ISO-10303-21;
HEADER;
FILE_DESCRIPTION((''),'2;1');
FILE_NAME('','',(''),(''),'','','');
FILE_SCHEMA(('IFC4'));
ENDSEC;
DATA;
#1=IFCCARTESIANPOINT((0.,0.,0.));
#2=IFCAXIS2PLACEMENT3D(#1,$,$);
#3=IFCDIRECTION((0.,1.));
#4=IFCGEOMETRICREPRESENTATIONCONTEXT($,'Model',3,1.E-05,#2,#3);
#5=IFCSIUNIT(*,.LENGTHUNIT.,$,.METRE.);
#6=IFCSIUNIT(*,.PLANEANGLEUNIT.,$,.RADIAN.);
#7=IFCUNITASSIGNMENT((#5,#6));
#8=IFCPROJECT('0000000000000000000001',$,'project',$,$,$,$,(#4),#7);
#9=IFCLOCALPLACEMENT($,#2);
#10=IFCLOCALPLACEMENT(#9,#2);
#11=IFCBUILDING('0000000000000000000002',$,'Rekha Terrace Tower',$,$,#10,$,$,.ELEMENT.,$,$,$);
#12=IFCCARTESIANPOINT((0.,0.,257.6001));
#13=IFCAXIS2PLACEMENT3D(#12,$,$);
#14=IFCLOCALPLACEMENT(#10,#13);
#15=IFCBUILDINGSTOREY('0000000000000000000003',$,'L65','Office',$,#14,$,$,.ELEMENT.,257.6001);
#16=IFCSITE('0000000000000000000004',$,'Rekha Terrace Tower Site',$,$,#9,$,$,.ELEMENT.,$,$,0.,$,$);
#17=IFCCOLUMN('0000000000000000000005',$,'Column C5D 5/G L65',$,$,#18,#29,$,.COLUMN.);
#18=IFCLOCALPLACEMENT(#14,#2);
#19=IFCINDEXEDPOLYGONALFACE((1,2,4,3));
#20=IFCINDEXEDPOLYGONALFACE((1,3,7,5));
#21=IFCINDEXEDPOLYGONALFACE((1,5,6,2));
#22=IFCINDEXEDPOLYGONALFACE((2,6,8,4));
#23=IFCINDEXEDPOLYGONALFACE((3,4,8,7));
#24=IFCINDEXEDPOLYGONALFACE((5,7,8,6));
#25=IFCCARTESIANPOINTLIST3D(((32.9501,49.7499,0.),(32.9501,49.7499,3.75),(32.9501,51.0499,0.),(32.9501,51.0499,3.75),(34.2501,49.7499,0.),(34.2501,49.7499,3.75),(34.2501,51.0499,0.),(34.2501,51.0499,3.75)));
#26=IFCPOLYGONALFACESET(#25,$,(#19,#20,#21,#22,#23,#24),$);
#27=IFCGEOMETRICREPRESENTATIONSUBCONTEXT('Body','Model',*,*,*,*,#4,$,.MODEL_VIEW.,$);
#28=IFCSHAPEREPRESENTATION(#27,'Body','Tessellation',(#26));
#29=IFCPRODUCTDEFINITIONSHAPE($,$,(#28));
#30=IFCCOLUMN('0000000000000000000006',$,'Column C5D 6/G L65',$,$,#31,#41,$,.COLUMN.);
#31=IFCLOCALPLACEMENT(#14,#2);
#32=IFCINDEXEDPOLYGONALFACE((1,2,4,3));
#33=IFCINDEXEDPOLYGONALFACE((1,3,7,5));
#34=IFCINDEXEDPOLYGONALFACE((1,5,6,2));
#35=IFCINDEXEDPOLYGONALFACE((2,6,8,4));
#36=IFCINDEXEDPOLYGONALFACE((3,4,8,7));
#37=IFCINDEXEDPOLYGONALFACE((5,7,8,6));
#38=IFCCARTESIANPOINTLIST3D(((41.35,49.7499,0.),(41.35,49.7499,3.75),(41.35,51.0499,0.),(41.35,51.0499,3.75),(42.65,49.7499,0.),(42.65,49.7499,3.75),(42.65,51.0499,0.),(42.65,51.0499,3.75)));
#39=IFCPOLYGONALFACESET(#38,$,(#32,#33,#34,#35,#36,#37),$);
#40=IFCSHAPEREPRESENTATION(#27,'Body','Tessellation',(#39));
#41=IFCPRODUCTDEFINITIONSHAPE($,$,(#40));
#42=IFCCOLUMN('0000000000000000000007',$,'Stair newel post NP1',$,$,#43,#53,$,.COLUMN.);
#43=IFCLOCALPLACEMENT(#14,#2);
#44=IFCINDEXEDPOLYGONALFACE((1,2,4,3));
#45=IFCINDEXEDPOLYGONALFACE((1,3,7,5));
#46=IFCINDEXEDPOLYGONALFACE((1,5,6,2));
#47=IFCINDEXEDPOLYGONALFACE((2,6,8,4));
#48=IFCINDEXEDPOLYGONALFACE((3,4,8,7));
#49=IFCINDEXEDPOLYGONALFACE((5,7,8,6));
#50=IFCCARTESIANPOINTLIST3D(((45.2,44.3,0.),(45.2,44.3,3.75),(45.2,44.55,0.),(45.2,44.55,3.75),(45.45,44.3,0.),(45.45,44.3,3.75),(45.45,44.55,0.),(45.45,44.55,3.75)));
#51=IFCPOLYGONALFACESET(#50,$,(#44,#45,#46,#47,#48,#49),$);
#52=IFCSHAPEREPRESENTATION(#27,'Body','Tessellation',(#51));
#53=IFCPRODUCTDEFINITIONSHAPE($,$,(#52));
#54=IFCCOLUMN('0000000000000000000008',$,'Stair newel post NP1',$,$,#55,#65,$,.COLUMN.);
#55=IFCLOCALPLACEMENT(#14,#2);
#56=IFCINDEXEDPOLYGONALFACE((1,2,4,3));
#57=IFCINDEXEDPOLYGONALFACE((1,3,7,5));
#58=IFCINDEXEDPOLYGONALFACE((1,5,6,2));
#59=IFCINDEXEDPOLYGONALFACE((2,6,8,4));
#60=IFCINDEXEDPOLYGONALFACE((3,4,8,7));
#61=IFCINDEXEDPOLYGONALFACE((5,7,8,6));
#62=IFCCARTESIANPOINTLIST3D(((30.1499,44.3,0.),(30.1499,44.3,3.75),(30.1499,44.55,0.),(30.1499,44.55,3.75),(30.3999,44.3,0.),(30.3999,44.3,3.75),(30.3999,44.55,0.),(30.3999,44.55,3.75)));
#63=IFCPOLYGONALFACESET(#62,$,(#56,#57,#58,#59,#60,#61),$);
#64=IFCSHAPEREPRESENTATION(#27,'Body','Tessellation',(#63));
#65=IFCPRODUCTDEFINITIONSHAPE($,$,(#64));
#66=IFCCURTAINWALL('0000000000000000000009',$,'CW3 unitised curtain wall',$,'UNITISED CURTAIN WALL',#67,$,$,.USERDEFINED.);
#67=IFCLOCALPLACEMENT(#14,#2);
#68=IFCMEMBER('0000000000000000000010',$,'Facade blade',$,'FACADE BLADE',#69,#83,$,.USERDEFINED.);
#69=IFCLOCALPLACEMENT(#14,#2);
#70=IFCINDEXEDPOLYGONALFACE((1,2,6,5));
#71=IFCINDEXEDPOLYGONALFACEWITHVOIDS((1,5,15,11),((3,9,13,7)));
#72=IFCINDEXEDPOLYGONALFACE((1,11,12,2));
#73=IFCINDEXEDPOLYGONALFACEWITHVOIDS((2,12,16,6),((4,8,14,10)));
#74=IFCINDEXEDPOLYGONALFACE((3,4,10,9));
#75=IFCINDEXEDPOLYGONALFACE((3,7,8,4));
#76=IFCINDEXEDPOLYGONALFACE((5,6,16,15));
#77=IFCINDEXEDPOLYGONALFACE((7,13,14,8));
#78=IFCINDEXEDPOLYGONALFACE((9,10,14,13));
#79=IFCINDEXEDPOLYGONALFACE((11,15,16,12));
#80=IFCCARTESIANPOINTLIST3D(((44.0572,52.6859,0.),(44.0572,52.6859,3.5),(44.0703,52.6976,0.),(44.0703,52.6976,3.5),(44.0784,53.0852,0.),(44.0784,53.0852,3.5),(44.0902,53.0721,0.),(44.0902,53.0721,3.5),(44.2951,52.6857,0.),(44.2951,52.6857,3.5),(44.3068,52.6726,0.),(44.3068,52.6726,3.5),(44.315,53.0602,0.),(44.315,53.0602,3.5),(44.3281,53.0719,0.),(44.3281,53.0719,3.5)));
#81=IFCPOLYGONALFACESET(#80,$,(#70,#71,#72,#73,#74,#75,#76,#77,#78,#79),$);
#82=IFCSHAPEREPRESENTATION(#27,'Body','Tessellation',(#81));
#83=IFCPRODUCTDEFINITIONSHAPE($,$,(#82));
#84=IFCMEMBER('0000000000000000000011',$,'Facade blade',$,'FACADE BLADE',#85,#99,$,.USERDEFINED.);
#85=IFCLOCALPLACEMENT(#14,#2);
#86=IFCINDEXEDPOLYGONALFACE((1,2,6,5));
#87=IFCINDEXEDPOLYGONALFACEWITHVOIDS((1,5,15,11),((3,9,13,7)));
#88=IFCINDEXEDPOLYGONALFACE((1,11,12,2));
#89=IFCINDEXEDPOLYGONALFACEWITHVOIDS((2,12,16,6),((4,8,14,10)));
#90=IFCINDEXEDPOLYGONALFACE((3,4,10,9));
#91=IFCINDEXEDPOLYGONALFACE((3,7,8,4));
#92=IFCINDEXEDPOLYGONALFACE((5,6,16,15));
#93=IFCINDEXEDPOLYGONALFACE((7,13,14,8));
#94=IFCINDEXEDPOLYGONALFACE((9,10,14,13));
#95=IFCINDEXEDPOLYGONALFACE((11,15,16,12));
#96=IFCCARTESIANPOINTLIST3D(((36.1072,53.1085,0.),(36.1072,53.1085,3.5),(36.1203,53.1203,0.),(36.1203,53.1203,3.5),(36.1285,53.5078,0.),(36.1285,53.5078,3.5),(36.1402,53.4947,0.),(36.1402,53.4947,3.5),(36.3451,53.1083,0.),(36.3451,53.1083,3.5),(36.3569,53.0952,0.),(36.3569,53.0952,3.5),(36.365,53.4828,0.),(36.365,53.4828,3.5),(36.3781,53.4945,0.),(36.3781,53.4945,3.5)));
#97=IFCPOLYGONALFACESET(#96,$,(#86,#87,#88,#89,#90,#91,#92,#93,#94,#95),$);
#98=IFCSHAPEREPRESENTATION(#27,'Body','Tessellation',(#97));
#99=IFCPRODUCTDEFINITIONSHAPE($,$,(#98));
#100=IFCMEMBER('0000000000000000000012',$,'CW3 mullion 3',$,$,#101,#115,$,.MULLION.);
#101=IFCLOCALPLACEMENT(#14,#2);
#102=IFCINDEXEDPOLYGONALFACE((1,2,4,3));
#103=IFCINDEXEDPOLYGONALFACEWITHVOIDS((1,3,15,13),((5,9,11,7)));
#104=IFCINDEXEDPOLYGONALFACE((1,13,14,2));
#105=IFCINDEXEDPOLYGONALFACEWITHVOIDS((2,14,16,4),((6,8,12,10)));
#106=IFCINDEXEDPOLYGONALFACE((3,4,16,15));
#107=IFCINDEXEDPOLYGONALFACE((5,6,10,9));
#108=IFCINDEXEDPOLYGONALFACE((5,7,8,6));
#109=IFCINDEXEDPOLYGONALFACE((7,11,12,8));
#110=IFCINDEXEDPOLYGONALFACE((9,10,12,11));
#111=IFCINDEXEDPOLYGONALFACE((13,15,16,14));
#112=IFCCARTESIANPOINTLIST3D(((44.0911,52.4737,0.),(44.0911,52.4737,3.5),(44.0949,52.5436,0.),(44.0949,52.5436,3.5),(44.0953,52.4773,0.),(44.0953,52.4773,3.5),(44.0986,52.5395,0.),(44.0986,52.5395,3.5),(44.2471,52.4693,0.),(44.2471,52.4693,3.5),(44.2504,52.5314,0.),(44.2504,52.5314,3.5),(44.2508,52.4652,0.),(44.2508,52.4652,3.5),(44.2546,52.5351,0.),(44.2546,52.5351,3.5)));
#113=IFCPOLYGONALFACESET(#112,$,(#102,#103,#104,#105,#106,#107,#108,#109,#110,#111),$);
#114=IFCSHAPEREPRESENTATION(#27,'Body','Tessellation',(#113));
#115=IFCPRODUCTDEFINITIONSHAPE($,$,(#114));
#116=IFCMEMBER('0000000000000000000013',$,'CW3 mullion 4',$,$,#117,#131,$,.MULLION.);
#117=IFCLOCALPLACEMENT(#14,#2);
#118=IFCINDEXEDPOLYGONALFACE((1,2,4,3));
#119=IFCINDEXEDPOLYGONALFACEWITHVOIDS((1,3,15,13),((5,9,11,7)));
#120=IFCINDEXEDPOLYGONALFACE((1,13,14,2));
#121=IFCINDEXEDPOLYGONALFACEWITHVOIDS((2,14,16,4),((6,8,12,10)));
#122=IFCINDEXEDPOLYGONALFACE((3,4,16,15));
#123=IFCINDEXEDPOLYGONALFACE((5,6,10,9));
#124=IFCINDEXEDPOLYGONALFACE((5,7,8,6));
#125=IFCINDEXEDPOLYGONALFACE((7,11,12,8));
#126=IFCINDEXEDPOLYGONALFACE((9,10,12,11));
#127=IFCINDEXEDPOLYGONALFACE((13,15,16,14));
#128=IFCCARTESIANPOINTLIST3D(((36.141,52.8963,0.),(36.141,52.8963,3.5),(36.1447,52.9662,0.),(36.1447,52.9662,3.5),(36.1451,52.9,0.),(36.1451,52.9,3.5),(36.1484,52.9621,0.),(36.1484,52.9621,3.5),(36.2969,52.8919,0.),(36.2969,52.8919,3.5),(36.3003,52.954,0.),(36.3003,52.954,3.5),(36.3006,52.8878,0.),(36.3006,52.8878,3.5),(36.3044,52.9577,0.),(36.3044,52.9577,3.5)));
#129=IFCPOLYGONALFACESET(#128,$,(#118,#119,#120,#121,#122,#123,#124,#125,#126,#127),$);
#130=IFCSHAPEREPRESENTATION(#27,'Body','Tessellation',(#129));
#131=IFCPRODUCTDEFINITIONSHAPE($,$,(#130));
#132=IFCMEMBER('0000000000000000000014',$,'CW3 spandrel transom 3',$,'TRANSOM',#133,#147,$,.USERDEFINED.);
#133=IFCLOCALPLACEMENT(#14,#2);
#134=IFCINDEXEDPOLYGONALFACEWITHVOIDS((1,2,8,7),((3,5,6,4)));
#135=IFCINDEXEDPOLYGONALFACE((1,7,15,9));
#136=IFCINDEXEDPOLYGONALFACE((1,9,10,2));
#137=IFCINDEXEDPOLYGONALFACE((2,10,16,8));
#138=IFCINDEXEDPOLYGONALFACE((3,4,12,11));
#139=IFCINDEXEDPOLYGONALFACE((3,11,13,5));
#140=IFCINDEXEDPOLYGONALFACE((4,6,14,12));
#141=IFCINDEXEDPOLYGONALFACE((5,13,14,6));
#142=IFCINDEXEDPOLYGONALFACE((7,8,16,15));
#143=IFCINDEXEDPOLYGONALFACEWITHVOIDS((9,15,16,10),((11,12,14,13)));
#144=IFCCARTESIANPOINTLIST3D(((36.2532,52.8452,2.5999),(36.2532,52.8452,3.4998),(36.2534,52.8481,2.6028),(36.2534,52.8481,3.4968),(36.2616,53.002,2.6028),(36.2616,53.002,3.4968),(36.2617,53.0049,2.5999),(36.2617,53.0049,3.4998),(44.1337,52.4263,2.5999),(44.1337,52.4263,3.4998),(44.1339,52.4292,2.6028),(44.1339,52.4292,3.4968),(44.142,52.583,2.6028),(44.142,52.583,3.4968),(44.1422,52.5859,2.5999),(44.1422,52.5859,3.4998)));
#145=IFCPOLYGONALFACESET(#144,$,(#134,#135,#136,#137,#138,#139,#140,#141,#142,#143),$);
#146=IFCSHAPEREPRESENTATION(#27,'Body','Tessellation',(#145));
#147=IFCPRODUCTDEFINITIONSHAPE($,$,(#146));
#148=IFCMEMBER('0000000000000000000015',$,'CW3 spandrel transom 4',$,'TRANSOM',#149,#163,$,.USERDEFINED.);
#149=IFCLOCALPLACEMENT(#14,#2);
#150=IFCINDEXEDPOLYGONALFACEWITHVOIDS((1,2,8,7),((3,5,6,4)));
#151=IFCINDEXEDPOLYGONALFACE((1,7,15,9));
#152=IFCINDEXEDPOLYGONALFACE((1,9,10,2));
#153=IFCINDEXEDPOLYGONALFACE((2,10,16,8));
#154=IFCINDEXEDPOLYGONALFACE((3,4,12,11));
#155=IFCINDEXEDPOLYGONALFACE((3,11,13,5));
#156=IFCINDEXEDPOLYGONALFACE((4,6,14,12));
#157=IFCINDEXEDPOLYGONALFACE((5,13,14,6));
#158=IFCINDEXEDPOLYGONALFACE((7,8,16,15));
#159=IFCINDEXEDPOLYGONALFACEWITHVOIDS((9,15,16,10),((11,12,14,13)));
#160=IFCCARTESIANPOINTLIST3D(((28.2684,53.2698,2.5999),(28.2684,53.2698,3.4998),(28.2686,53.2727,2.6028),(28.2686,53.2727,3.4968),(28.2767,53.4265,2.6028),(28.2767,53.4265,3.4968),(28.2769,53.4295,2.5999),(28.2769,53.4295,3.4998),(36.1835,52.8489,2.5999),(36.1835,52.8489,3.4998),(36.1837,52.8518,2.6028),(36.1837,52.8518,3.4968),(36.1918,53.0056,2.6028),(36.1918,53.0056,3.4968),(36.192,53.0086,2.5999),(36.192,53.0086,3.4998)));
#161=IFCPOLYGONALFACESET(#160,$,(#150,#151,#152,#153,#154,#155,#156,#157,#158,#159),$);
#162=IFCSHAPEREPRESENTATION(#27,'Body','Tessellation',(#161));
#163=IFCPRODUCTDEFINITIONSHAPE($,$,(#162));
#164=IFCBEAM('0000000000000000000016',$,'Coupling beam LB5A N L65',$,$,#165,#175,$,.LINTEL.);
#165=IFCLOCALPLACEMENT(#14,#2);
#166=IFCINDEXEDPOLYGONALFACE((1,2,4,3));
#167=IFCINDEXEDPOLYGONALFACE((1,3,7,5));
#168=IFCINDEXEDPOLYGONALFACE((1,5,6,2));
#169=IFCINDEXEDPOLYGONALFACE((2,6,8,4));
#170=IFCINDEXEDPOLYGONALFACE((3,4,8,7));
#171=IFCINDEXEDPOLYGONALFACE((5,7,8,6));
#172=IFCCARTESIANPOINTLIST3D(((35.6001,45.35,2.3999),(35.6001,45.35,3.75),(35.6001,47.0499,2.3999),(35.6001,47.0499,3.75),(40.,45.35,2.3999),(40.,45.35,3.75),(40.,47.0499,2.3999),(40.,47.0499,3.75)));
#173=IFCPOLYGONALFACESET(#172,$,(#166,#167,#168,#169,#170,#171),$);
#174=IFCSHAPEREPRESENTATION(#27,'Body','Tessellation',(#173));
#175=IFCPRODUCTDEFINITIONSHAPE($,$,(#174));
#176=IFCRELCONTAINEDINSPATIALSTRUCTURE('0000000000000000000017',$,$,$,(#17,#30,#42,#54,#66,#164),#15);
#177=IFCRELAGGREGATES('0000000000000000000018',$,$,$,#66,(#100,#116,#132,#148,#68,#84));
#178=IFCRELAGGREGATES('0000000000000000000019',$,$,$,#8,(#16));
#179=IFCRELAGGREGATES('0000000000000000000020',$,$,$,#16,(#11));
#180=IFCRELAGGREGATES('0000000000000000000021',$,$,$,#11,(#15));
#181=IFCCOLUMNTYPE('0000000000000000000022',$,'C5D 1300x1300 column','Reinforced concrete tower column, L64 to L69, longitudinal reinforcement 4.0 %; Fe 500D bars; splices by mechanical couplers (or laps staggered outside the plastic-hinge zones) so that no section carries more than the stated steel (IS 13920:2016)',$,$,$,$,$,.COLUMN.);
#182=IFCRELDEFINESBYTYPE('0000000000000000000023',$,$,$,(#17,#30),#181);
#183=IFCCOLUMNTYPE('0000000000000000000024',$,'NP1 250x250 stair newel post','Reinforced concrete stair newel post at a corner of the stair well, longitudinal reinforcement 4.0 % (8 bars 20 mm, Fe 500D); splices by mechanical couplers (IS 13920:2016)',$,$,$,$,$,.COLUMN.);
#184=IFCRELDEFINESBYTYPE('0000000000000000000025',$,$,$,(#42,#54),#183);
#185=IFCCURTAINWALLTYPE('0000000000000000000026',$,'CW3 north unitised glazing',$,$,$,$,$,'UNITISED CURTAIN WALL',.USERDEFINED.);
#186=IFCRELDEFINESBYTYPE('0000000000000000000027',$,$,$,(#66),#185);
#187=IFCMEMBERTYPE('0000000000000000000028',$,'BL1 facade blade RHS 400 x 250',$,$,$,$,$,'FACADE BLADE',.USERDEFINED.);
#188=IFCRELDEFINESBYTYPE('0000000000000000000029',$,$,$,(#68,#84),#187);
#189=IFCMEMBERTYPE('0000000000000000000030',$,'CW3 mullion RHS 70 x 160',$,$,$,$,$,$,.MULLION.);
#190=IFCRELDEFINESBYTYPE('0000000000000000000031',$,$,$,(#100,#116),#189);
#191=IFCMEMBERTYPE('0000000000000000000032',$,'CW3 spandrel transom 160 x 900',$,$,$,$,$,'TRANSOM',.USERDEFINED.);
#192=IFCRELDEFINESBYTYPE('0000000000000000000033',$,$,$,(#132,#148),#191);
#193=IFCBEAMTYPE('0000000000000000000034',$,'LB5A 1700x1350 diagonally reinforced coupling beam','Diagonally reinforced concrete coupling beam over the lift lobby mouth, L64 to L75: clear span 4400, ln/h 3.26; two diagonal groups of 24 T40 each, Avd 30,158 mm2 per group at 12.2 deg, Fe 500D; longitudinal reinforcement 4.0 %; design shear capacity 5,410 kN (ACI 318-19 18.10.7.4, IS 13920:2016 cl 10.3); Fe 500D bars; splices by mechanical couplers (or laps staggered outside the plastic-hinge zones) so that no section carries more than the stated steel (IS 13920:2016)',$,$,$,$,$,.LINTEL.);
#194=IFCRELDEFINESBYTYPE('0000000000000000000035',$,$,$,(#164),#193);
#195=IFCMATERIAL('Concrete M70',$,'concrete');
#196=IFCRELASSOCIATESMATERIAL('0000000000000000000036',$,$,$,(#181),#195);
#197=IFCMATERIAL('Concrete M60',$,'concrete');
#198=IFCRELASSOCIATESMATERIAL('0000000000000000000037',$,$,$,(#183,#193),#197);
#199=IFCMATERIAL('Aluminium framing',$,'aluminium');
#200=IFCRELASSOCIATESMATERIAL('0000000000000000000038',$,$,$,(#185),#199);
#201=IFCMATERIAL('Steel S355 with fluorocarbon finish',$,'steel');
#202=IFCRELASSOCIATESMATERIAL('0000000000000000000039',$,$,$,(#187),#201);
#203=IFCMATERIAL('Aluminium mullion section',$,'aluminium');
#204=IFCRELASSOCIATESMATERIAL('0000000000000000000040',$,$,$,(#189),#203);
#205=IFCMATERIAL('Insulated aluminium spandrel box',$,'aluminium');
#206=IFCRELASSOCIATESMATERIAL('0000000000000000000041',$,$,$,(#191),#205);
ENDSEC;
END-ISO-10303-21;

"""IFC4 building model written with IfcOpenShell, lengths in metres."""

from ifc_helpers import new_model, si_unit, direction, frame, origin, origin_2d, place, context, subcontext, project, spatial, rectangle, hollow_rectangle, extrude, material, material_profile, profile_set, type_object, element, aggregate, save


model = new_model("IFC4")

# Units and contexts
model_context = context("Model", 3, precision=1e-05, world=origin(), true_north=direction((0.0, 1.0)))
body_context = subcontext(model_context, "Body", "Model", "MODEL_VIEW")
ifc_project = project(units=[si_unit("LENGTHUNIT", "METRE"), si_unit("PLANEANGLEUNIT", "RADIAN")], contexts=[model_context])

# Site, building, storey
site_placement = place(None, origin())
site = spatial("IfcSite", under=ifc_project, at=site_placement, Name="Rekha Terrace Tower Site", CompositionType="ELEMENT", RefElevation=0.0)
building_placement = place(site_placement, origin())
building = spatial("IfcBuilding", under=site, at=building_placement, Name="Rekha Terrace Tower", CompositionType="ELEMENT")
storey_placement = place(building_placement, frame((0.0, 0.0, 257.6001)))
storey = spatial("IfcBuildingStorey", under=building, at=storey_placement, Name="L65", Description="Office", CompositionType="ELEMENT", Elevation=257.6001)

# Columns
ifc_material_1 = material(Name="Concrete M70", Category="concrete")
ifc_material_profile_1 = material_profile(ifc_material_1, rectangle(XDim=1.3, YDim=1.3, at=origin_2d()), Name="RC 1300x1300")
ifc_profile_set_1 = profile_set([ifc_material_profile_1], Name="Concrete M70")
column_type_1 = type_object("IfcColumnType", Name="C5D 1300x1300 column", Description="Reinforced concrete tower column, L64 to L69, longitudinal reinforcement 4.0 %; Fe 500D bars; splices by mechanical couplers (or laps staggered outside the plastic-hinge zones) so that no section carries more than the stated steel (IS 13920:2016)", PredefinedType="COLUMN", material=ifc_profile_set_1)
for number, where, z_axis, x_axis, name in (
    (1, (33.6001, 50.3999, 0.0), (0.0, 0.0, 1.0), (1.0, 0.0, 0.0), "Column C5D 5/G L65"),
    (2, (42.0, 50.3999, 0.0), (0.0, 0.0, 1.0), (1.0, 0.0, 0.0), "Column C5D 6/G L65"),
):
    element("IfcColumn", number, at=place(storey_placement, frame(where, z_axis=z_axis, x_axis=x_axis)), inside=storey, type_object=column_type_1, Name=name, PredefinedType="COLUMN", context=body_context, shape_type="SweptSolid", body=[
        extrude(rectangle(XDim=1.3, YDim=1.3, at=origin_2d()), origin(), (0.0, 0.0, 1.0), 3.75),
    ])
ifc_material_2 = material(Name="Concrete M60", Category="concrete")
ifc_material_profile_2 = material_profile(ifc_material_2, rectangle(XDim=0.25, YDim=0.25, at=origin_2d()), Name="RC 250x250")
ifc_profile_set_2 = profile_set([ifc_material_profile_2], Name="Concrete M60")
column_type_2 = type_object("IfcColumnType", Name="NP1 250x250 stair newel post", Description="Reinforced concrete stair newel post at a corner of the stair well, longitudinal reinforcement 4.0 % (8 bars 20 mm, Fe 500D); splices by mechanical couplers (IS 13920:2016)", PredefinedType="COLUMN", material=ifc_profile_set_2)
for number, where, z_axis, x_axis, name in (
    (3, (45.325, 44.425, 0.0), (0.0, 0.0, 1.0), (1.0, 0.0, 0.0), "Stair newel post NP1"),
    (4, (30.2749, 44.425, 0.0), (0.0, 0.0, 1.0), (1.0, 0.0, 0.0), "Stair newel post NP1"),
):
    element("IfcColumn", number, at=place(storey_placement, frame(where, z_axis=z_axis, x_axis=x_axis)), inside=storey, type_object=column_type_2, Name=name, PredefinedType="COLUMN", context=body_context, shape_type="SweptSolid", body=[
        extrude(rectangle(XDim=0.25, YDim=0.25, at=origin_2d()), origin(), (0.0, 0.0, 1.0), 3.75),
    ])

# Curtain wall, members
ifc_material_3 = material(Name="Aluminium framing", Category="aluminium")
curtain_wall_type = type_object("IfcCurtainWallType", Name="CW3 north unitised glazing", ElementType="UNITISED CURTAIN WALL", PredefinedType="USERDEFINED", material=ifc_material_3)
curtain_wall_placement = place(storey_placement, origin())
curtain_wall = element("IfcCurtainWall", 5, at=curtain_wall_placement, inside=storey, type_object=curtain_wall_type, Name="CW3 unitised curtain wall", ObjectType="UNITISED CURTAIN WALL", PredefinedType="USERDEFINED")
ifc_material_4 = material(Name="Steel S355 with fluorocarbon finish", Category="steel")
ifc_material_profile_3 = material_profile(ifc_material_4, hollow_rectangle(XDim=0.25, YDim=0.3999, WallThickness=0.0125, at=origin_2d()), Name="RHS400x250x12.5")
ifc_profile_set_3 = profile_set([ifc_material_profile_3], Name="Steel S355 with fluorocarbon finish")
member_type_1 = type_object("IfcMemberType", Name="BL1 facade blade RHS 400 x 250", ElementType="FACADE BLADE", PredefinedType="USERDEFINED", material=ifc_profile_set_3)
member_1_placement = place(storey_placement, frame((44.1926, 52.8789, 0.0), z_axis=(0.0, 0.0, 1.0), x_axis=(-0.99859, 0.053084, 0.0)))
member_1 = element("IfcMember", 6, at=member_1_placement, type_object=member_type_1, Name="Facade blade", ObjectType="FACADE BLADE", PredefinedType="USERDEFINED", context=body_context, shape_type="SweptSolid", body=[
    extrude(hollow_rectangle(XDim=0.25, YDim=0.3999, WallThickness=0.0125, at=origin_2d()), origin(), (0.0, 0.0, 1.0), 3.5),
])
member_2_placement = place(storey_placement, frame((36.2427, 53.3015, 0.0), z_axis=(0.0, 0.0, 1.0), x_axis=(-0.99859, 0.053084, 0.0)))
member_2 = element("IfcMember", 7, at=member_2_placement, type_object=member_type_1, Name="Facade blade", ObjectType="FACADE BLADE", PredefinedType="USERDEFINED", context=body_context, shape_type="SweptSolid", body=[
    extrude(hollow_rectangle(XDim=0.25, YDim=0.3999, WallThickness=0.0125, at=origin_2d()), origin(), (0.0, 0.0, 1.0), 3.5),
])
ifc_material_5 = material(Name="Aluminium mullion section", Category="aluminium")
ifc_material_profile_4 = material_profile(ifc_material_5, hollow_rectangle(XDim=0.0701, YDim=0.1599, WallThickness=0.0039, at=origin_2d()), Name="AL RHS 70x160")
ifc_profile_set_4 = profile_set([ifc_material_profile_4], Name="Aluminium mullion section")
member_type_2 = type_object("IfcMemberType", Name="CW3 mullion RHS 70 x 160", PredefinedType="MULLION", material=ifc_profile_set_4)
member_3_placement = place(storey_placement, frame((44.1729, 52.5044, 0.0), z_axis=(0.0, 0.0, 1.0), x_axis=(-0.053083, -0.99859, 0.0)))
member_3 = element("IfcMember", 8, at=member_3_placement, type_object=member_type_2, Name="CW3 mullion 3", PredefinedType="MULLION", context=body_context, shape_type="SweptSolid", body=[
    extrude(hollow_rectangle(XDim=0.0701, YDim=0.1599, WallThickness=0.0039, at=origin_2d()), origin(), (0.0, 0.0, 1.0), 3.5),
])
member_4_placement = place(storey_placement, frame((36.2227, 52.927, 0.0), z_axis=(0.0, 0.0, 1.0), x_axis=(-0.053083, -0.99859, 0.0)))
member_4 = element("IfcMember", 9, at=member_4_placement, type_object=member_type_2, Name="CW3 mullion 4", PredefinedType="MULLION", context=body_context, shape_type="SweptSolid", body=[
    extrude(hollow_rectangle(XDim=0.0701, YDim=0.1599, WallThickness=0.0039, at=origin_2d()), origin(), (0.0, 0.0, 1.0), 3.5),
])
ifc_material_6 = material(Name="Insulated aluminium spandrel box", Category="aluminium")
ifc_material_profile_5 = material_profile(ifc_material_6, hollow_rectangle(XDim=0.1599, YDim=0.8999, WallThickness=0.0029, at=origin_2d()), Name="AL SPANDREL BOX 160x900")
ifc_profile_set_5 = profile_set([ifc_material_profile_5], Name="Insulated aluminium spandrel box")
member_type_3 = type_object("IfcMemberType", Name="CW3 spandrel transom 160 x 900", ElementType="TRANSOM", PredefinedType="USERDEFINED", material=ifc_profile_set_5)
member_5_placement = place(storey_placement, frame((44.1379, 52.5061, 3.0498), z_axis=(-0.99859, 0.053088, 0.0), x_axis=(-0.053088, -0.99859, 0.0)))
member_5 = element("IfcMember", 10, at=member_5_placement, type_object=member_type_3, Name="CW3 spandrel transom 3", ObjectType="TRANSOM", PredefinedType="USERDEFINED", context=body_context, shape_type="SweptSolid", body=[
    extrude(hollow_rectangle(XDim=0.1599, YDim=0.8999, WallThickness=0.0029, at=origin_2d()), origin(), (0.0, 0.0, 1.0), 7.8916),
])
member_6_placement = place(storey_placement, frame((36.1877, 52.9287, 3.0498), z_axis=(-0.998589, 0.053102, 0.0), x_axis=(-0.053102, -0.998589, 0.0)))
member_6 = element("IfcMember", 11, at=member_6_placement, type_object=member_type_3, Name="CW3 spandrel transom 4", ObjectType="TRANSOM", PredefinedType="USERDEFINED", context=body_context, shape_type="SweptSolid", body=[
    extrude(hollow_rectangle(XDim=0.1599, YDim=0.8999, WallThickness=0.0029, at=origin_2d()), origin(), (0.0, 0.0, 1.0), 7.9263),
])

# Beam
ifc_material_profile_6 = material_profile(ifc_material_2, rectangle(XDim=1.7, YDim=1.3501, at=origin_2d()), Name="RC 1700x1350")
ifc_profile_set_6 = profile_set([ifc_material_profile_6], Name="Concrete M60")
beam_type = type_object("IfcBeamType", Name="LB5A 1700x1350 diagonally reinforced coupling beam", Description="Diagonally reinforced concrete coupling beam over the lift lobby mouth, L64 to L75: clear span 4400, ln/h 3.26; two diagonal groups of 24 T40 each, Avd 30,158 mm2 per group at 12.2 deg, Fe 500D; longitudinal reinforcement 4.0 %; design shear capacity 5,410 kN (ACI 318-19 18.10.7.4, IS 13920:2016 cl 10.3); Fe 500D bars; splices by mechanical couplers (or laps staggered outside the plastic-hinge zones) so that no section carries more than the stated steel (IS 13920:2016)", PredefinedType="LINTEL", material=ifc_profile_set_6)
beam_placement = place(storey_placement, frame((35.6001, 46.2, 3.075), z_axis=(1.0, 0.0, 0.0), x_axis=(0.0, 1.0, 0.0)))
element("IfcBeam", 12, at=beam_placement, inside=storey, type_object=beam_type, Name="Coupling beam LB5A N L65", PredefinedType="LINTEL", context=body_context, shape_type="SweptSolid", body=[
    extrude(rectangle(XDim=1.7, YDim=1.3501, at=origin_2d()), origin(), (0.0, 0.0, 1.0), 4.3999),
])

aggregate(curtain_wall, [member_3, member_4, member_5, member_6, member_1, member_2])

save(model, "model.ifc")
